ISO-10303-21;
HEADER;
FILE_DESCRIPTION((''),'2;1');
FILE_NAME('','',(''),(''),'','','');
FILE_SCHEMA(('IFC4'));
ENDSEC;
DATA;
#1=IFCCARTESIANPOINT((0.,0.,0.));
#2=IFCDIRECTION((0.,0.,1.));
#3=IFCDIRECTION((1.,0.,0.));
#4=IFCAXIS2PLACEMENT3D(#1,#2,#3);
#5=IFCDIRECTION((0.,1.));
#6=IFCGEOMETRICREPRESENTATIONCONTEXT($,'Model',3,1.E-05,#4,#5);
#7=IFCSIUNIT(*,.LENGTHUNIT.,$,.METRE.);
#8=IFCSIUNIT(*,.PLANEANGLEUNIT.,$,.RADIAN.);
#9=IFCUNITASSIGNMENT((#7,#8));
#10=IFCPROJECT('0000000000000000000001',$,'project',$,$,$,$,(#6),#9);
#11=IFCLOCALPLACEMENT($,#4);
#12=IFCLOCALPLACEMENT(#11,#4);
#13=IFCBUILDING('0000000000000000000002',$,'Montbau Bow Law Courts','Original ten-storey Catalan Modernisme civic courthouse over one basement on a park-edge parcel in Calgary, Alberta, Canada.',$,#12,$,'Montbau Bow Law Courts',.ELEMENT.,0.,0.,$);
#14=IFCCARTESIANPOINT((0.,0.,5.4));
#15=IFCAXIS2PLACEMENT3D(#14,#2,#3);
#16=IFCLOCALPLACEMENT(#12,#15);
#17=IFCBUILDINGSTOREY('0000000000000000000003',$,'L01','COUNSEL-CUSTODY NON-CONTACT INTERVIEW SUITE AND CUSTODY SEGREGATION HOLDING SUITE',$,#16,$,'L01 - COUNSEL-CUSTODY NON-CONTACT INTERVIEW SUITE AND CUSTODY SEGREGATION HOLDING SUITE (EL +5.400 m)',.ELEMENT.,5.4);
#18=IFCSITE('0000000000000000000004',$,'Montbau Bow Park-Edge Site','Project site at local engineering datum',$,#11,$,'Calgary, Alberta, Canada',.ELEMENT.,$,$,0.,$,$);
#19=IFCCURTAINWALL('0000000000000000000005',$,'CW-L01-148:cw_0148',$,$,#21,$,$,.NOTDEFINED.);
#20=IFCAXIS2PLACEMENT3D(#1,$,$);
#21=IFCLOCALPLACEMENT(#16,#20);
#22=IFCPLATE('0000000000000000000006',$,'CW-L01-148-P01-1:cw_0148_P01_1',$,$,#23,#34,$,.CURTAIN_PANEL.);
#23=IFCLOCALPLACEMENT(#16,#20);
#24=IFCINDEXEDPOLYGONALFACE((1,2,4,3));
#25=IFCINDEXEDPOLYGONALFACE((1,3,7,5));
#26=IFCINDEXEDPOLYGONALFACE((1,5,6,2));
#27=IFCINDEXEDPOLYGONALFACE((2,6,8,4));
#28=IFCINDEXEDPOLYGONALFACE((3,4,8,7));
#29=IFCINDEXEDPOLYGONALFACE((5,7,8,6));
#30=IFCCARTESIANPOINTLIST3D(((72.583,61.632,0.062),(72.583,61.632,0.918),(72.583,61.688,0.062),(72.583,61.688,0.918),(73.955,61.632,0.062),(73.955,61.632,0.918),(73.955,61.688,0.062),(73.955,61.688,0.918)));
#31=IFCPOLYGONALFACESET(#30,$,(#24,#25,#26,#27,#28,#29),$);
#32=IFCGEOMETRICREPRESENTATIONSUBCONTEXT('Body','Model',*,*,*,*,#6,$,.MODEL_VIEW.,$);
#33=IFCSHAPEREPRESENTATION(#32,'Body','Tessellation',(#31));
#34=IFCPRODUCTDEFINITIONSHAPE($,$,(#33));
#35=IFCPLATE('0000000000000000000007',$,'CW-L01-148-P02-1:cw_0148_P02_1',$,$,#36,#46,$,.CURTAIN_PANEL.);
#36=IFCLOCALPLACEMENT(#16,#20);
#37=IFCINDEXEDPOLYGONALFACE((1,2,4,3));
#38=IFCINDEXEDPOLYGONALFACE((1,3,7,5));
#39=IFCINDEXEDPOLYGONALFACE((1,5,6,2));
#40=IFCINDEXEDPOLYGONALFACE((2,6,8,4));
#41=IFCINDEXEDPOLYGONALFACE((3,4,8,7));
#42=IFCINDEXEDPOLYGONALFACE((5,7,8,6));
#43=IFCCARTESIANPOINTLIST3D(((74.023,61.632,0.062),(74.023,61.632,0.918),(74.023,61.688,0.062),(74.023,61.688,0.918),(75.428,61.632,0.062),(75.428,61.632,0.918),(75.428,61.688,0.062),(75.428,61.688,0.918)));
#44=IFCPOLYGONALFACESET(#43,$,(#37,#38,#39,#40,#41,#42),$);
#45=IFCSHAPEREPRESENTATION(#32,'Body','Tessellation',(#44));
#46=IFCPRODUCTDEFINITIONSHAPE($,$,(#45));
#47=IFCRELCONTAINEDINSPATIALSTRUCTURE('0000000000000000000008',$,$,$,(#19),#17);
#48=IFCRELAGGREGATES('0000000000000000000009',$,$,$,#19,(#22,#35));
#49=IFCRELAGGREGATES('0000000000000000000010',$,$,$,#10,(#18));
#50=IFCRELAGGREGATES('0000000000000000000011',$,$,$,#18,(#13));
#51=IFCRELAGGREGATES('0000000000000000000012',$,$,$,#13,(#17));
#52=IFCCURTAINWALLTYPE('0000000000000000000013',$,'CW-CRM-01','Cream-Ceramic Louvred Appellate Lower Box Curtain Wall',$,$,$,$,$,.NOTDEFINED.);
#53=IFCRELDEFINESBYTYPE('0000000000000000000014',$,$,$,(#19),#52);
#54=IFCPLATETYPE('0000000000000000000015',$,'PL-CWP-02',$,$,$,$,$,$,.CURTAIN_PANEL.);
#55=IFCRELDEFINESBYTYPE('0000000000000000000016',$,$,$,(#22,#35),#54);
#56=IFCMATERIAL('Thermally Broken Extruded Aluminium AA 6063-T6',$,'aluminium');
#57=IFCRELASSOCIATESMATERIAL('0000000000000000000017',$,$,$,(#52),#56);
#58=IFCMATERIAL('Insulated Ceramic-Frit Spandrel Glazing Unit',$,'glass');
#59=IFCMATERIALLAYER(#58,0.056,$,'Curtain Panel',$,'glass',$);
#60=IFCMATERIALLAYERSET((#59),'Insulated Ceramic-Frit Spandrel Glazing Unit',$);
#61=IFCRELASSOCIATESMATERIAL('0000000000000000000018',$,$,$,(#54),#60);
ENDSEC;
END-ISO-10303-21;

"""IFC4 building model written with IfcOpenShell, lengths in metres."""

from ifc_helpers import new_model, si_unit, direction, frame, frame_2d, origin_with_axes, place, context, subcontext, project, spatial, rectangle, extrude, material, layer, layer_set, type_object, element, aggregate, save


model = new_model("IFC4")

# Units and contexts
model_context = context("Model", 3, precision=1e-05, world=origin_with_axes(), true_north=direction((0.0, 1.0)))
body_context = subcontext(model_context, "Body", "Model", "MODEL_VIEW")
ifc_project = project(units=[si_unit("LENGTHUNIT", "METRE"), si_unit("PLANEANGLEUNIT", "RADIAN")], contexts=[model_context])

# Site, building, storey
site_placement = place(None, origin_with_axes())
site = spatial("IfcSite", under=ifc_project, at=site_placement, Name="Montbau Bow Park-Edge Site", Description="Project site at local engineering datum", LongName="Calgary, Alberta, Canada", CompositionType="ELEMENT", RefElevation=0.0)
building_placement = place(site_placement, origin_with_axes())
building = spatial("IfcBuilding", under=site, at=building_placement, Name="Montbau Bow Law Courts", Description="Original ten-storey Catalan Modernisme civic courthouse over one basement on a park-edge parcel in Calgary, Alberta, Canada.", LongName="Montbau Bow Law Courts", CompositionType="ELEMENT", ElevationOfRefHeight=0.0, ElevationOfTerrain=0.0)
storey_placement = place(building_placement, frame((0.0, 0.0, 5.4), z_axis=(0.0, 0.0, 1.0), x_axis=(1.0, 0.0, 0.0)))
storey = spatial("IfcBuildingStorey", under=building, at=storey_placement, Name="L01", Description="COUNSEL-CUSTODY NON-CONTACT INTERVIEW SUITE AND CUSTODY SEGREGATION HOLDING SUITE", LongName="L01 - COUNSEL-CUSTODY NON-CONTACT INTERVIEW SUITE AND CUSTODY SEGREGATION HOLDING SUITE (EL +5.400 m)", CompositionType="ELEMENT", Elevation=5.4)

# Curtain wall
ifc_material_1 = material(Name="Thermally Broken Extruded Aluminium AA 6063-T6", Category="aluminium")
curtain_wall_type = type_object("IfcCurtainWallType", Name="CW-CRM-01", Description="Cream-Ceramic Louvred Appellate Lower Box Curtain Wall", PredefinedType="NOTDEFINED", material=ifc_material_1)
curtain_wall_1_placement = place(None, frame((72.515, 61.66, 5.4), z_axis=(0.0, 0.0, 1.0), x_axis=(1.0, 0.0, 0.0)))
curtain_wall_1 = element("IfcCurtainWall", 1, at=curtain_wall_1_placement, inside=storey, type_object=curtain_wall_type, Name="CW-L01-148:cw_0148", PredefinedType="NOTDEFINED")

# Plates
ifc_material_2 = material(Name="Insulated Ceramic-Frit Spandrel Glazing Unit", Category="glass")
ifc_layer_1 = layer(ifc_material_2, 0.056, Name="Curtain Panel", Category="glass")
ifc_layer_set_1 = layer_set([ifc_layer_1], Name="Insulated Ceramic-Frit Spandrel Glazing Unit")
plate_type_1 = type_object("IfcPlateType", Name="PL-CWP-02", PredefinedType="CURTAIN_PANEL", material=ifc_layer_set_1)
plate_1_placement = place(None, frame((72.583, 61.66, 5.462), z_axis=(0.0, -1.0, 0.0), x_axis=(1.0, 0.0, 0.0)))
plate_1 = element("IfcPlate", 2, at=plate_1_placement, type_object=plate_type_1, Name="CW-L01-148-P01-1:cw_0148_P01_1", PredefinedType="CURTAIN_PANEL", context=body_context, shape_type="SweptSolid", body=[
    extrude(rectangle(XDim=1.372, YDim=0.856, at=frame_2d((0.686, 0.428), x_axis=(1.0, 0.0))), frame((0.0, 0.0, -0.028), z_axis=(0.0, 0.0, 1.0), x_axis=(1.0, 0.0, 0.0)), (0.0, 0.0, 1.0), 0.056),
])
plate_2_placement = place(None, frame((74.023, 61.66, 5.462), z_axis=(0.0, -1.0, 0.0), x_axis=(1.0, 0.0, 0.0)))
plate_2 = element("IfcPlate", 3, at=plate_2_placement, type_object=plate_type_1, Name="CW-L01-148-P02-1:cw_0148_P02_1", PredefinedType="CURTAIN_PANEL", context=body_context, shape_type="SweptSolid", body=[
    extrude(rectangle(XDim=1.405, YDim=0.856, at=frame_2d((0.7025, 0.428), x_axis=(1.0, 0.0))), frame((0.0, 0.0, -0.028), z_axis=(0.0, 0.0, 1.0), x_axis=(1.0, 0.0, 0.0)), (0.0, 0.0, 1.0), 0.056),
])
aggregate(curtain_wall_1, [plate_1, plate_2])

save(model, "model.ifc")
